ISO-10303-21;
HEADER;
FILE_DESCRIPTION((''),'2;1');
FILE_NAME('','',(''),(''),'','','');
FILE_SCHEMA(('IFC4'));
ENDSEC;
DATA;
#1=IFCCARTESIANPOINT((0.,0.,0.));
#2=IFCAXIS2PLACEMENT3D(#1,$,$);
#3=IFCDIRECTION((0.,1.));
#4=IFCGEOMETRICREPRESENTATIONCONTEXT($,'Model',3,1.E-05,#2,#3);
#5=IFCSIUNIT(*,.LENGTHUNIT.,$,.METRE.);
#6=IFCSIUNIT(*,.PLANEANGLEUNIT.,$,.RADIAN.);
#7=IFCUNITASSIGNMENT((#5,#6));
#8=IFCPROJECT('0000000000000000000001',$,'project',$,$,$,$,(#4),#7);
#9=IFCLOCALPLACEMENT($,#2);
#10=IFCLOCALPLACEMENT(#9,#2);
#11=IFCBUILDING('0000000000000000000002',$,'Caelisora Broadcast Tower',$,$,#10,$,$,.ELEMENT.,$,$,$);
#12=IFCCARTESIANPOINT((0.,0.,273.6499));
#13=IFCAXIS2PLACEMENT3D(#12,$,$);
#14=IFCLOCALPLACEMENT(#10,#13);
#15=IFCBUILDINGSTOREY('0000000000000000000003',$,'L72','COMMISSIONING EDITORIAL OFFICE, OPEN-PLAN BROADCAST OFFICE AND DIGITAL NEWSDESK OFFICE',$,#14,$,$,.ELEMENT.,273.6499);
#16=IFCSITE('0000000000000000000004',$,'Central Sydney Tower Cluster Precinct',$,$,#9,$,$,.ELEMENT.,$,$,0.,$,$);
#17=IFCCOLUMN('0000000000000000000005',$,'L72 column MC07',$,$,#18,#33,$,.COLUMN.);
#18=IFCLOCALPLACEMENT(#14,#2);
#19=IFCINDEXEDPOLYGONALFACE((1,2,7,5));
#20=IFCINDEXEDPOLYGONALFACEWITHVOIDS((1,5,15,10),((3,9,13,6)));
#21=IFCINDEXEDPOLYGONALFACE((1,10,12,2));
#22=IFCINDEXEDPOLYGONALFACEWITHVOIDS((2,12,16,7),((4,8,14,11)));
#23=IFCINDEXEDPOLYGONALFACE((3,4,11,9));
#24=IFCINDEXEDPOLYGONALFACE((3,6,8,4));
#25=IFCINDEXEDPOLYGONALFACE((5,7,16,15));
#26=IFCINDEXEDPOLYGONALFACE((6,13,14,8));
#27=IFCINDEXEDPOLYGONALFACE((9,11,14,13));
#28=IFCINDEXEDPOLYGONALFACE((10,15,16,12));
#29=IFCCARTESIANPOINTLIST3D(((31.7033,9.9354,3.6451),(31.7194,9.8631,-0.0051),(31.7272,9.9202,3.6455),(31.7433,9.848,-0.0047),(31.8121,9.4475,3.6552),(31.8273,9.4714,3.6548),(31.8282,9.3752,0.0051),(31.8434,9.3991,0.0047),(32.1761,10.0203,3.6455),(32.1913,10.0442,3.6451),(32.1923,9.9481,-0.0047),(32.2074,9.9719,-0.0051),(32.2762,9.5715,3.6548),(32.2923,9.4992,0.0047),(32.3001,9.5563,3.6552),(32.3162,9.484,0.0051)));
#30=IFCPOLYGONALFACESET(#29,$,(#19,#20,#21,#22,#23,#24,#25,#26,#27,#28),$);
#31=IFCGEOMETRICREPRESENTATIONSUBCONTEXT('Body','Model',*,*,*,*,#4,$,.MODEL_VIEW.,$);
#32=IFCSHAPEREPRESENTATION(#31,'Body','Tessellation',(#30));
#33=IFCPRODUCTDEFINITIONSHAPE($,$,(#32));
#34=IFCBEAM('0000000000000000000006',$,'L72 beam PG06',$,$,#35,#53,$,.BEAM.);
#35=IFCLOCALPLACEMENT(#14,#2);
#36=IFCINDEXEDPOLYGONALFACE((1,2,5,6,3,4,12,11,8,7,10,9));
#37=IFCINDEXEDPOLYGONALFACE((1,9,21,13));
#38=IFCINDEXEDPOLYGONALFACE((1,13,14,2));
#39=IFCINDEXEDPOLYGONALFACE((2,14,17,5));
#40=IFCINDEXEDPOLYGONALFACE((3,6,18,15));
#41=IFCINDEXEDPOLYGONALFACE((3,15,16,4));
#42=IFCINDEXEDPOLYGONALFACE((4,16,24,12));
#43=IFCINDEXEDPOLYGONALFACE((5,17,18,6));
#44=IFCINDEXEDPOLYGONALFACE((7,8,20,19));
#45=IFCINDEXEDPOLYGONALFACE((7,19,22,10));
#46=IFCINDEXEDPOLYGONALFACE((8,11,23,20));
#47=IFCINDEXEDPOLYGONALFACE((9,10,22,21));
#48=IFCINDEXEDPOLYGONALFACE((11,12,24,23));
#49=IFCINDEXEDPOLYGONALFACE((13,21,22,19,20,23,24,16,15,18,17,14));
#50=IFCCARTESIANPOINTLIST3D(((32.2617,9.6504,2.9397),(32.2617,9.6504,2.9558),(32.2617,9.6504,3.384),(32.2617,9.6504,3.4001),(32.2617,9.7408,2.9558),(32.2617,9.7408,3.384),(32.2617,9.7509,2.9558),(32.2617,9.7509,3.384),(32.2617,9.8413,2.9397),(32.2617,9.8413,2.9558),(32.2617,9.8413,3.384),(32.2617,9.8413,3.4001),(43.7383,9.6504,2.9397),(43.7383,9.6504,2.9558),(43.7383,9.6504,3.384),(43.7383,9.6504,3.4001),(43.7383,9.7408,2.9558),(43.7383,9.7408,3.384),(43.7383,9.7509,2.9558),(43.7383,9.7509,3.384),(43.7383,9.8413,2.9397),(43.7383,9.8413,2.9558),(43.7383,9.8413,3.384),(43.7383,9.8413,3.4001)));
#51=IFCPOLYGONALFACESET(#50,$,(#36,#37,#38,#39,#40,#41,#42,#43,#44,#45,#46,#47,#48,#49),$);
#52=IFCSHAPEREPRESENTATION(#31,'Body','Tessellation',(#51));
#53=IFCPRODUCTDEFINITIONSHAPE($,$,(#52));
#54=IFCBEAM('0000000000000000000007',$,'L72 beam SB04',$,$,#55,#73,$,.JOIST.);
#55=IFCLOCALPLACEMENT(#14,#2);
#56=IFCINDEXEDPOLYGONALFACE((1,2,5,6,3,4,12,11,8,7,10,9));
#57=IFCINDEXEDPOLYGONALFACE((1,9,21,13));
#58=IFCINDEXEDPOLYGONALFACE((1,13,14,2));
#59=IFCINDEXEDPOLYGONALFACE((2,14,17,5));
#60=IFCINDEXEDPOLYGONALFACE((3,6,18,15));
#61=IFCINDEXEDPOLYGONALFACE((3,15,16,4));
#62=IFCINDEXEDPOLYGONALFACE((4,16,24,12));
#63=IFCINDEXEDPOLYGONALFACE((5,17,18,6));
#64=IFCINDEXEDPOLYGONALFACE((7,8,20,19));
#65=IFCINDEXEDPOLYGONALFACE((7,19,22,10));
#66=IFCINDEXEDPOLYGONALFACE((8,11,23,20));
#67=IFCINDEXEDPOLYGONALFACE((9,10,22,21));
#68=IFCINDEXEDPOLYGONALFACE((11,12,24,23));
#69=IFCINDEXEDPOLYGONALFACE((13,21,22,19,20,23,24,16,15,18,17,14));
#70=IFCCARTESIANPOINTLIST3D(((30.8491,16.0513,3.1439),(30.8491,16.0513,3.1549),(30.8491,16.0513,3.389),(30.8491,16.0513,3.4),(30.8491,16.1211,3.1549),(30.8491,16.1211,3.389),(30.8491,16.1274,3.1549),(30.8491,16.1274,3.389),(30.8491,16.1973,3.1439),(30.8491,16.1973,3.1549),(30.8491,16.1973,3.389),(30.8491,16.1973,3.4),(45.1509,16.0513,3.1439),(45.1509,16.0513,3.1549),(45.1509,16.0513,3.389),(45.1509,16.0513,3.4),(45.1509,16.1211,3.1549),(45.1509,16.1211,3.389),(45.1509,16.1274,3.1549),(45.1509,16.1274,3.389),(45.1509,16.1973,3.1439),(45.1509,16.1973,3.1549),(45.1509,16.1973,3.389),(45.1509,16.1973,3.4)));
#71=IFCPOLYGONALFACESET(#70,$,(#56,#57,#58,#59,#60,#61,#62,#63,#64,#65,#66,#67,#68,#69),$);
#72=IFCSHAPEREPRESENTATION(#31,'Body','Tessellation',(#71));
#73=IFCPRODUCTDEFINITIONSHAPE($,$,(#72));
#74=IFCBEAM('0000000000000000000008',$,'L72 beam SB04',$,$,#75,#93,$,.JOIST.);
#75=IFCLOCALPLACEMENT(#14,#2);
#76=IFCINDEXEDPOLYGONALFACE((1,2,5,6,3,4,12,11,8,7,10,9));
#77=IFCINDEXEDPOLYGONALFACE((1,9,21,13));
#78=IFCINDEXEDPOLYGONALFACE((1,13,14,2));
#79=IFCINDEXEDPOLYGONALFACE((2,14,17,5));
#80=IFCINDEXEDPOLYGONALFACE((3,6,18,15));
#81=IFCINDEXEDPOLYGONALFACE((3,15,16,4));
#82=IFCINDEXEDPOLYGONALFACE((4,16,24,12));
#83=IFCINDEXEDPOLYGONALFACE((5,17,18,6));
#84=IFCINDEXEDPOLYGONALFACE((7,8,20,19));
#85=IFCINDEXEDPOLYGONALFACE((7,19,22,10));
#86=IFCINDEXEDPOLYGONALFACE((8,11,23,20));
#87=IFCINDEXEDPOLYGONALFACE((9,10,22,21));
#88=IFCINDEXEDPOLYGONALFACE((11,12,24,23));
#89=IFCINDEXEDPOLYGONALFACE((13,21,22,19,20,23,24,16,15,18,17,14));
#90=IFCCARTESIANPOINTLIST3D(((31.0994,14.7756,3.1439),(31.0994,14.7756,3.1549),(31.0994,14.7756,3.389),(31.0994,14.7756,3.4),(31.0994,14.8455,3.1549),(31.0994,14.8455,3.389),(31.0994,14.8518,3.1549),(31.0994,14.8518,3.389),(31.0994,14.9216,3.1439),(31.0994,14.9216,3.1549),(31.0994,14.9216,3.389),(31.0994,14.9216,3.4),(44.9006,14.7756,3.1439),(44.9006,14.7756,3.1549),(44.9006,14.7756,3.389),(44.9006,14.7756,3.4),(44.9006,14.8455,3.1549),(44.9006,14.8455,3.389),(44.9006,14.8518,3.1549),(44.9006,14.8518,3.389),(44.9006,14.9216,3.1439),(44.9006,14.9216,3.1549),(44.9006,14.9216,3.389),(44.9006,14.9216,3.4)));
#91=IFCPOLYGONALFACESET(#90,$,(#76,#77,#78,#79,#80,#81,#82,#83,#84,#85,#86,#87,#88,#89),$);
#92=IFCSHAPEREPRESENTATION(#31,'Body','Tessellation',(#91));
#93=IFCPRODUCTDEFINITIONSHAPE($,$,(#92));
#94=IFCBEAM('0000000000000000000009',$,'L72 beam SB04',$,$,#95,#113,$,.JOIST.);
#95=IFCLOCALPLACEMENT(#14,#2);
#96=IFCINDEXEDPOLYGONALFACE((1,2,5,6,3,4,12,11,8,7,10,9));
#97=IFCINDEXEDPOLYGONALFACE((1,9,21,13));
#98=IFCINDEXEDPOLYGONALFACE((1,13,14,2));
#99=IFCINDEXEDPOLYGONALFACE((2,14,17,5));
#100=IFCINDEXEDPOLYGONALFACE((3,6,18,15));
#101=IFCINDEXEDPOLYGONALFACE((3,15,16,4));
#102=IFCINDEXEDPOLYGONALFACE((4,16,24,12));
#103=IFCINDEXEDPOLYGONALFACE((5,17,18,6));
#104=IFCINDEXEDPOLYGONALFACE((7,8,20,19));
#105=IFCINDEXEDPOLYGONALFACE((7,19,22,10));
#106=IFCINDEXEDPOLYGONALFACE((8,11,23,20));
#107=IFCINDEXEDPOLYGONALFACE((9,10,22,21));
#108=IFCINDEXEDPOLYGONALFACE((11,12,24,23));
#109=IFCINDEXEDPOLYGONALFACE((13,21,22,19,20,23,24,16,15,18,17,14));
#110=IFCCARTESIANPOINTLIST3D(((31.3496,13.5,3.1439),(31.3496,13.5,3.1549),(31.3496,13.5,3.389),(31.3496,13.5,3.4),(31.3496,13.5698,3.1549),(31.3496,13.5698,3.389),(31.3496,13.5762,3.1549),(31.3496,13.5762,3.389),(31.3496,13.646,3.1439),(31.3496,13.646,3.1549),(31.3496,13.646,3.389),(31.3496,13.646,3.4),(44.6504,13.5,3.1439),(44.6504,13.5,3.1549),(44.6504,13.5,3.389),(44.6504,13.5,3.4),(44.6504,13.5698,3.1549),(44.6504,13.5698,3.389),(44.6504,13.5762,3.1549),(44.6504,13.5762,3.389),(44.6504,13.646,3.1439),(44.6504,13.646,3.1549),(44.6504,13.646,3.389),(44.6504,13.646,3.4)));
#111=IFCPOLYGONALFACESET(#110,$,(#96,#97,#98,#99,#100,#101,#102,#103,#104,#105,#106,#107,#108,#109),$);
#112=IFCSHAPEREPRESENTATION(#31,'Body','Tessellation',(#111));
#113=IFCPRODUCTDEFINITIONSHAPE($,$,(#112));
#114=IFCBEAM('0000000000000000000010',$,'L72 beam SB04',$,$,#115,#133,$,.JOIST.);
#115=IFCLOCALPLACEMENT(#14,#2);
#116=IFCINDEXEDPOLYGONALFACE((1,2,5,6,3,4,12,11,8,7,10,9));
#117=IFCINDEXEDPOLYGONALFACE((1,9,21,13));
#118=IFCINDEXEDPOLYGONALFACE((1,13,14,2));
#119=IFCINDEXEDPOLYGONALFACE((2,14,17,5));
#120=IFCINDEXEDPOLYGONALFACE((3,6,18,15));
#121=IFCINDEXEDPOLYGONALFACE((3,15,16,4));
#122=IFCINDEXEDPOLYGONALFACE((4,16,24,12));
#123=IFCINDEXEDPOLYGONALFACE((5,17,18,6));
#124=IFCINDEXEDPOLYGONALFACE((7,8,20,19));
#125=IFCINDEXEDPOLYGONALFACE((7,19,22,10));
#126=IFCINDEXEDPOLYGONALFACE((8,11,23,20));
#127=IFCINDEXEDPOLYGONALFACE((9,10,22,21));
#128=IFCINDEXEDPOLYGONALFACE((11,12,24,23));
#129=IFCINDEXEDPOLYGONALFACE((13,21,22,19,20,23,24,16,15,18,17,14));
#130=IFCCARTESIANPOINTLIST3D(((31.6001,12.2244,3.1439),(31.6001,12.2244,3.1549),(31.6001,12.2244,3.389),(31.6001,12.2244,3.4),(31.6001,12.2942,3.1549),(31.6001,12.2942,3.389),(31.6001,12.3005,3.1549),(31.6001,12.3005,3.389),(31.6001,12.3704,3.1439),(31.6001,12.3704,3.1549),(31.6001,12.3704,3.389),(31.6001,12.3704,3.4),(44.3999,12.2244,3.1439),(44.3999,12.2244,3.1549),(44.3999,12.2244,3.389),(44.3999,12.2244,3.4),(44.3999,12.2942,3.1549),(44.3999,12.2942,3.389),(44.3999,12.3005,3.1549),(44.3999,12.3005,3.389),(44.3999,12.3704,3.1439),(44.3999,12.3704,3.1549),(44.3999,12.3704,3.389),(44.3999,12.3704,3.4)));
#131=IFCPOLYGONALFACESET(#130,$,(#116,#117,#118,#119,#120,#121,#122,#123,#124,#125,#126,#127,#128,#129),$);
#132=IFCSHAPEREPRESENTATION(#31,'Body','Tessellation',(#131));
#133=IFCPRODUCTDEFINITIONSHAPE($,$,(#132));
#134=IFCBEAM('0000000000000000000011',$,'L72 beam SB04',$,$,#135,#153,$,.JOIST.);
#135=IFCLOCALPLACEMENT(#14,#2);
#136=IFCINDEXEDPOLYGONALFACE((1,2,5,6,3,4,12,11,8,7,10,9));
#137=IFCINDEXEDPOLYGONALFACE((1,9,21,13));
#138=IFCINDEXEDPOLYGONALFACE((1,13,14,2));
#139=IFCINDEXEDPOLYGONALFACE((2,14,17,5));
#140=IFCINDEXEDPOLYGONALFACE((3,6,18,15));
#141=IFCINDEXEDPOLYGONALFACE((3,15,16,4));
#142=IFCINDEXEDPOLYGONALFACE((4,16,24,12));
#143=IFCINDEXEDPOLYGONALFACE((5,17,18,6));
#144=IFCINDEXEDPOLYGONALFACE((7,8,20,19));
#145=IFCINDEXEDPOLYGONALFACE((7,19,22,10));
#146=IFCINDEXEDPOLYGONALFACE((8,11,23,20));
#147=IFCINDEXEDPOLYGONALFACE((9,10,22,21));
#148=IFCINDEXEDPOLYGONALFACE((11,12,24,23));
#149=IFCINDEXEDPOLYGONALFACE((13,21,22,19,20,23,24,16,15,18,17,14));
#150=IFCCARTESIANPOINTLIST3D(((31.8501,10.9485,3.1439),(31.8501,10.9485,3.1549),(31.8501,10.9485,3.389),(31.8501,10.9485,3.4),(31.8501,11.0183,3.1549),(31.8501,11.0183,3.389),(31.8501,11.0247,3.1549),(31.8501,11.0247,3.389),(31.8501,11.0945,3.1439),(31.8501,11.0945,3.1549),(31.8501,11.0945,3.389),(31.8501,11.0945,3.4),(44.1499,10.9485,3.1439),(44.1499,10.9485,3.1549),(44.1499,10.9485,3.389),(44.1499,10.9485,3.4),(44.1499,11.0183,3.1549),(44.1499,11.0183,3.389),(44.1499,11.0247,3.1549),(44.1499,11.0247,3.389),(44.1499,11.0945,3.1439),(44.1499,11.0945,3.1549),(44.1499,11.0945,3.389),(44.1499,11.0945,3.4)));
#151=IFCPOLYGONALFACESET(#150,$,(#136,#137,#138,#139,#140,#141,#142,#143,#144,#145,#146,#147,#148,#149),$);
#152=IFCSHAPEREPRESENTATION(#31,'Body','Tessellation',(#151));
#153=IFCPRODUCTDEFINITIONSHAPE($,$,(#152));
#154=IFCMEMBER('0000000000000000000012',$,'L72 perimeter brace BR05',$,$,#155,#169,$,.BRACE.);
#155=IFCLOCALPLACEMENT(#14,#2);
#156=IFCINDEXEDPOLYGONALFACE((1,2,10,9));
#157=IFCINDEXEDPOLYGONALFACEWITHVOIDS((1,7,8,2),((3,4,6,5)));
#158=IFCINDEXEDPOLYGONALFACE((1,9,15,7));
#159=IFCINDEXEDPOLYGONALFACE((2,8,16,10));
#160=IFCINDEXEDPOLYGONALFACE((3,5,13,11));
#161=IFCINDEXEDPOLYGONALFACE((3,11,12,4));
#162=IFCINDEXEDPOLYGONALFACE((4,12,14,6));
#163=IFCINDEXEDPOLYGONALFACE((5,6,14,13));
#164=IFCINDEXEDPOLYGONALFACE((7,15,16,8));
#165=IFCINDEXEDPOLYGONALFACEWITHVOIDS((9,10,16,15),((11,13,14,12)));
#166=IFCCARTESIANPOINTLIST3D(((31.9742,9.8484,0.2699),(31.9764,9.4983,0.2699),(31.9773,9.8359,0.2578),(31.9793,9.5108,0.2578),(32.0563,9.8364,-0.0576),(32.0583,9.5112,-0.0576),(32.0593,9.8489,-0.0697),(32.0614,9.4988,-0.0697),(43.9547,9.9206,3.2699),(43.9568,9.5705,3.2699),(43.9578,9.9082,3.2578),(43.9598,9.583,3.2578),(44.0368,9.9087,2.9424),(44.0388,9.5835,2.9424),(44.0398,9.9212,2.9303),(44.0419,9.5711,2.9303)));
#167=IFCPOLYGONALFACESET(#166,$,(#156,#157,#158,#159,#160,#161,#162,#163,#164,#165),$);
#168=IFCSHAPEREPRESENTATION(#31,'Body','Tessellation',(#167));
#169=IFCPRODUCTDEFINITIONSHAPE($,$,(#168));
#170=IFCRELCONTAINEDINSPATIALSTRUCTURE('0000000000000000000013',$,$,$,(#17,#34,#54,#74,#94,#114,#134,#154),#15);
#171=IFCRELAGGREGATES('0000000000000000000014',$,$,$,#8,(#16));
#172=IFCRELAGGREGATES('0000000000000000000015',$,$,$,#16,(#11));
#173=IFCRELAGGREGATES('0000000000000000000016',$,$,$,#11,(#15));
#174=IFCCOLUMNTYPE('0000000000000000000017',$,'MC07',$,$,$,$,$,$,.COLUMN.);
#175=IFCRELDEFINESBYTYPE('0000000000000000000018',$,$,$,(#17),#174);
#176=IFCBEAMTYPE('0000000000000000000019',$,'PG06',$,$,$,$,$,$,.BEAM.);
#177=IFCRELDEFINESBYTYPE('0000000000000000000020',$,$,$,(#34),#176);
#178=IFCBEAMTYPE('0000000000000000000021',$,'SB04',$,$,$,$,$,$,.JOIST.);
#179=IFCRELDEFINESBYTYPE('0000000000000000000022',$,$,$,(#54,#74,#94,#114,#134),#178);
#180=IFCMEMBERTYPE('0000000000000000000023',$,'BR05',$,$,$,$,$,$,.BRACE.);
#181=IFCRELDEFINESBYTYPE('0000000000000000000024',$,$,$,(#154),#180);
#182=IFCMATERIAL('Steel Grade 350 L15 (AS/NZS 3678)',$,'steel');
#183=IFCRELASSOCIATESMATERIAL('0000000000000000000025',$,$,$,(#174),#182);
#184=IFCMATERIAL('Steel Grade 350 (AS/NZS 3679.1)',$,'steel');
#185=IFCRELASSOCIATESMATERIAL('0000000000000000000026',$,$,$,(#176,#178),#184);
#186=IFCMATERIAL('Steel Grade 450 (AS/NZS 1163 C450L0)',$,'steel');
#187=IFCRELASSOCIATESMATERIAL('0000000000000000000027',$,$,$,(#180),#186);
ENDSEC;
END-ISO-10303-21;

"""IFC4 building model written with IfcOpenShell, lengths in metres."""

from ifc_helpers import new_model, si_unit, direction, frame, origin, origin_2d, place, context, subcontext, project, spatial, hollow_rectangle, i_section, extrude, source, transform, mapped, material, material_profile, profile_set, type_object, type_shapes, element, save


model = new_model("IFC4")

# Units and contexts
model_context = context("Model", 3, precision=1e-05, world=origin(), true_north=direction((0.0, 1.0)))
body_context = subcontext(model_context, "Body", "Model", "MODEL_VIEW")
ifc_project = project(units=[si_unit("LENGTHUNIT", "METRE"), si_unit("PLANEANGLEUNIT", "RADIAN")], contexts=[model_context])

# Site, building, storey
site_placement = place(None, origin())
site = spatial("IfcSite", under=ifc_project, at=site_placement, Name="Central Sydney Tower Cluster Precinct", CompositionType="ELEMENT", RefElevation=0.0)
building_placement = place(site_placement, origin())
building = spatial("IfcBuilding", under=site, at=building_placement, Name="Caelisora Broadcast Tower", CompositionType="ELEMENT")
storey_placement = place(building_placement, frame((0.0, 0.0, 273.6499)))
storey = spatial("IfcBuildingStorey", under=building, at=storey_placement, Name="L72", Description="COMMISSIONING EDITORIAL OFFICE, OPEN-PLAN BROADCAST OFFICE AND DIGITAL NEWSDESK OFFICE", CompositionType="ELEMENT", Elevation=273.6499)

# Column
ifc_material_1 = material(Name="Steel Grade 350 L15 (AS/NZS 3678)", Category="steel")
ifc_material_profile_1 = material_profile(ifc_material_1, hollow_rectangle(XDim=0.5, YDim=0.5, WallThickness=0.02, at=origin_2d()), Name="Steel Grade 350 L15 (AS/NZS 3678)")
ifc_profile_set_1 = profile_set([ifc_material_profile_1], Name="Steel Grade 350 L15 (AS/NZS 3678)")
column_type = type_object("IfcColumnType", Name="MC07", PredefinedType="COLUMN", material=ifc_profile_set_1)
shared_shape_1 = source(origin(), body_context, "Body", "SweptSolid", [
    extrude(hollow_rectangle(XDim=0.5, YDim=0.5, WallThickness=0.02, at=origin_2d()), origin(), (0.0, 0.0, 1.0), 3.6509),
])
type_shapes(column_type, [shared_shape_1])
column_placement = place(storey_placement, frame((32.0178, 9.6736, 0.0), z_axis=(-0.004414, 0.019794, 0.999794), x_axis=(-0.976032, -0.217629, 0.0)))
element("IfcColumn", 1, at=column_placement, inside=storey, type_object=column_type, Name="L72 column MC07", PredefinedType="COLUMN", context=body_context, shape_type="MappedRepresentation", body=[
    mapped(shared_shape_1, transform((0.0, 0.0, 0.0), scale=1.0)),
])

# Beams
ifc_material_2 = material(Name="Steel Grade 350 (AS/NZS 3679.1)", Category="steel")
ifc_material_profile_2 = material_profile(ifc_material_2, i_section(OverallWidth=0.1909, OverallDepth=0.4604, WebThickness=0.01, FlangeThickness=0.0161, at=origin_2d()), Name="Steel Grade 350 (AS/NZS 3679.1)")
ifc_profile_set_2 = profile_set([ifc_material_profile_2], Name="Steel Grade 350 (AS/NZS 3679.1)")
beam_type_1 = type_object("IfcBeamType", Name="PG06", PredefinedType="BEAM", material=ifc_profile_set_2)
shared_shape_2 = source(origin(), body_context, "Body", "SweptSolid", [
    extrude(i_section(OverallWidth=0.1909, OverallDepth=0.4604, WebThickness=0.01, FlangeThickness=0.0161, at=origin_2d()), origin(), (0.0, 0.0, 1.0), 11.4766),
])
type_shapes(beam_type_1, [shared_shape_2])
beam_1_placement = place(storey_placement, frame((32.2617, 9.7458, 3.1699), z_axis=(1.0, 0.0, 0.0), x_axis=(0.0, 1.0, 0.0)))
element("IfcBeam", 2, at=beam_1_placement, inside=storey, type_object=beam_type_1, Name="L72 beam PG06", PredefinedType="BEAM", context=body_context, shape_type="MappedRepresentation", body=[
    mapped(shared_shape_2, transform((0.0, 0.0, 0.0), scale=1.0)),
])
ifc_material_profile_3 = material_profile(ifc_material_2, i_section(OverallWidth=0.146, OverallDepth=0.2561, WebThickness=0.0063, FlangeThickness=0.011, at=origin_2d()), Name="Steel Grade 350 (AS/NZS 3679.1)")
ifc_profile_set_3 = profile_set([ifc_material_profile_3], Name="Steel Grade 350 (AS/NZS 3679.1)")
beam_type_2 = type_object("IfcBeamType", Name="SB04", PredefinedType="JOIST", material=ifc_profile_set_3)
shared_shape_3 = source(origin(), body_context, "Body", "SweptSolid", [
    extrude(i_section(OverallWidth=0.146, OverallDepth=0.2561, WebThickness=0.0063, FlangeThickness=0.011, at=origin_2d()), origin(), (0.0, 0.0, 1.0), 14.3018),
])
beam_2_placement = place(storey_placement, frame((30.8491, 16.1243, 3.272), z_axis=(1.0, 0.0, 0.0), x_axis=(0.0, 1.0, 0.0)))
element("IfcBeam", 3, at=beam_2_placement, inside=storey, type_object=beam_type_2, Name="L72 beam SB04", PredefinedType="JOIST", context=body_context, shape_type="MappedRepresentation", body=[
    mapped(shared_shape_3, transform((0.0, 0.0, 0.0), scale=1.0)),
])
shared_shape_4 = source(origin(), body_context, "Body", "SweptSolid", [
    extrude(i_section(OverallWidth=0.146, OverallDepth=0.2561, WebThickness=0.0063, FlangeThickness=0.011, at=origin_2d()), origin(), (0.0, 0.0, 1.0), 13.8013),
])
beam_3_placement = place(storey_placement, frame((31.0994, 14.8486, 3.272), z_axis=(1.0, 0.0, 0.0), x_axis=(0.0, 1.0, 0.0)))
element("IfcBeam", 4, at=beam_3_placement, inside=storey, type_object=beam_type_2, Name="L72 beam SB04", PredefinedType="JOIST", context=body_context, shape_type="MappedRepresentation", body=[
    mapped(shared_shape_4, transform((0.0, 0.0, 0.0), scale=1.0)),
])
shared_shape_5 = source(origin(), body_context, "Body", "SweptSolid", [
    extrude(i_section(OverallWidth=0.146, OverallDepth=0.2561, WebThickness=0.0063, FlangeThickness=0.011, at=origin_2d()), origin(), (0.0, 0.0, 1.0), 13.3008),
])
beam_4_placement = place(storey_placement, frame((31.3496, 13.573, 3.272), z_axis=(1.0, 0.0, 0.0), x_axis=(0.0, 1.0, 0.0)))
element("IfcBeam", 5, at=beam_4_placement, inside=storey, type_object=beam_type_2, Name="L72 beam SB04", PredefinedType="JOIST", context=body_context, shape_type="MappedRepresentation", body=[
    mapped(shared_shape_5, transform((0.0, 0.0, 0.0), scale=1.0)),
])
shared_shape_6 = source(origin(), body_context, "Body", "SweptSolid", [
    extrude(i_section(OverallWidth=0.146, OverallDepth=0.2561, WebThickness=0.0063, FlangeThickness=0.011, at=origin_2d()), origin(), (0.0, 0.0, 1.0), 12.7998),
])
beam_5_placement = place(storey_placement, frame((31.6001, 12.2974, 3.272), z_axis=(1.0, 0.0, 0.0), x_axis=(0.0, 1.0, 0.0)))
element("IfcBeam", 6, at=beam_5_placement, inside=storey, type_object=beam_type_2, Name="L72 beam SB04", PredefinedType="JOIST", context=body_context, shape_type="MappedRepresentation", body=[
    mapped(shared_shape_6, transform((0.0, 0.0, 0.0), scale=1.0)),
])
shared_shape_7 = source(origin(), body_context, "Body", "SweptSolid", [
    extrude(i_section(OverallWidth=0.146, OverallDepth=0.2561, WebThickness=0.0063, FlangeThickness=0.011, at=origin_2d()), origin(), (0.0, 0.0, 1.0), 12.2998),
])
type_shapes(beam_type_2, [shared_shape_3, shared_shape_4, shared_shape_5, shared_shape_6, shared_shape_7])
beam_6_placement = place(storey_placement, frame((31.8501, 11.0215, 3.272), z_axis=(1.0, 0.0, 0.0), x_axis=(0.0, 1.0, 0.0)))
element("IfcBeam", 7, at=beam_6_placement, inside=storey, type_object=beam_type_2, Name="L72 beam SB04", PredefinedType="JOIST", context=body_context, shape_type="MappedRepresentation", body=[
    mapped(shared_shape_7, transform((0.0, 0.0, 0.0), scale=1.0)),
])

# Member
ifc_material_3 = material(Name="Steel Grade 450 (AS/NZS 1163 C450L0)", Category="steel")
ifc_material_profile_4 = material_profile(ifc_material_3, hollow_rectangle(XDim=0.3501, YDim=0.3501, WallThickness=0.0125, at=origin_2d()), Name="Steel Grade 450 (AS/NZS 1163 C450L0)")
ifc_profile_set_4 = profile_set([ifc_material_profile_4], Name="Steel Grade 450 (AS/NZS 1163 C450L0)")
member_type_1 = type_object("IfcMemberType", Name="BR05", PredefinedType="BRACE", material=ifc_profile_set_4)
shared_shape_8 = source(origin(), body_context, "Body", "SweptSolid", [
    extrude(hollow_rectangle(XDim=0.3501, YDim=0.3501, WallThickness=0.0125, at=origin_2d()), origin(), (0.0, 0.0, 1.0), 12.3506),
])
type_shapes(member_type_1, [shared_shape_8])
member_1_placement = place(storey_placement, frame((32.0178, 9.6736, 0.1001), z_axis=(0.970033, 0.005851, 0.242904), x_axis=(-0.006032, 0.999982, 0.0)))
element("IfcMember", 8, at=member_1_placement, inside=storey, type_object=member_type_1, Name="L72 perimeter brace BR05", PredefinedType="BRACE", context=body_context, shape_type="MappedRepresentation", body=[
    mapped(shared_shape_8, transform((0.0, 0.0, 0.0), scale=1.0)),
])

save(model, "model.ifc")
